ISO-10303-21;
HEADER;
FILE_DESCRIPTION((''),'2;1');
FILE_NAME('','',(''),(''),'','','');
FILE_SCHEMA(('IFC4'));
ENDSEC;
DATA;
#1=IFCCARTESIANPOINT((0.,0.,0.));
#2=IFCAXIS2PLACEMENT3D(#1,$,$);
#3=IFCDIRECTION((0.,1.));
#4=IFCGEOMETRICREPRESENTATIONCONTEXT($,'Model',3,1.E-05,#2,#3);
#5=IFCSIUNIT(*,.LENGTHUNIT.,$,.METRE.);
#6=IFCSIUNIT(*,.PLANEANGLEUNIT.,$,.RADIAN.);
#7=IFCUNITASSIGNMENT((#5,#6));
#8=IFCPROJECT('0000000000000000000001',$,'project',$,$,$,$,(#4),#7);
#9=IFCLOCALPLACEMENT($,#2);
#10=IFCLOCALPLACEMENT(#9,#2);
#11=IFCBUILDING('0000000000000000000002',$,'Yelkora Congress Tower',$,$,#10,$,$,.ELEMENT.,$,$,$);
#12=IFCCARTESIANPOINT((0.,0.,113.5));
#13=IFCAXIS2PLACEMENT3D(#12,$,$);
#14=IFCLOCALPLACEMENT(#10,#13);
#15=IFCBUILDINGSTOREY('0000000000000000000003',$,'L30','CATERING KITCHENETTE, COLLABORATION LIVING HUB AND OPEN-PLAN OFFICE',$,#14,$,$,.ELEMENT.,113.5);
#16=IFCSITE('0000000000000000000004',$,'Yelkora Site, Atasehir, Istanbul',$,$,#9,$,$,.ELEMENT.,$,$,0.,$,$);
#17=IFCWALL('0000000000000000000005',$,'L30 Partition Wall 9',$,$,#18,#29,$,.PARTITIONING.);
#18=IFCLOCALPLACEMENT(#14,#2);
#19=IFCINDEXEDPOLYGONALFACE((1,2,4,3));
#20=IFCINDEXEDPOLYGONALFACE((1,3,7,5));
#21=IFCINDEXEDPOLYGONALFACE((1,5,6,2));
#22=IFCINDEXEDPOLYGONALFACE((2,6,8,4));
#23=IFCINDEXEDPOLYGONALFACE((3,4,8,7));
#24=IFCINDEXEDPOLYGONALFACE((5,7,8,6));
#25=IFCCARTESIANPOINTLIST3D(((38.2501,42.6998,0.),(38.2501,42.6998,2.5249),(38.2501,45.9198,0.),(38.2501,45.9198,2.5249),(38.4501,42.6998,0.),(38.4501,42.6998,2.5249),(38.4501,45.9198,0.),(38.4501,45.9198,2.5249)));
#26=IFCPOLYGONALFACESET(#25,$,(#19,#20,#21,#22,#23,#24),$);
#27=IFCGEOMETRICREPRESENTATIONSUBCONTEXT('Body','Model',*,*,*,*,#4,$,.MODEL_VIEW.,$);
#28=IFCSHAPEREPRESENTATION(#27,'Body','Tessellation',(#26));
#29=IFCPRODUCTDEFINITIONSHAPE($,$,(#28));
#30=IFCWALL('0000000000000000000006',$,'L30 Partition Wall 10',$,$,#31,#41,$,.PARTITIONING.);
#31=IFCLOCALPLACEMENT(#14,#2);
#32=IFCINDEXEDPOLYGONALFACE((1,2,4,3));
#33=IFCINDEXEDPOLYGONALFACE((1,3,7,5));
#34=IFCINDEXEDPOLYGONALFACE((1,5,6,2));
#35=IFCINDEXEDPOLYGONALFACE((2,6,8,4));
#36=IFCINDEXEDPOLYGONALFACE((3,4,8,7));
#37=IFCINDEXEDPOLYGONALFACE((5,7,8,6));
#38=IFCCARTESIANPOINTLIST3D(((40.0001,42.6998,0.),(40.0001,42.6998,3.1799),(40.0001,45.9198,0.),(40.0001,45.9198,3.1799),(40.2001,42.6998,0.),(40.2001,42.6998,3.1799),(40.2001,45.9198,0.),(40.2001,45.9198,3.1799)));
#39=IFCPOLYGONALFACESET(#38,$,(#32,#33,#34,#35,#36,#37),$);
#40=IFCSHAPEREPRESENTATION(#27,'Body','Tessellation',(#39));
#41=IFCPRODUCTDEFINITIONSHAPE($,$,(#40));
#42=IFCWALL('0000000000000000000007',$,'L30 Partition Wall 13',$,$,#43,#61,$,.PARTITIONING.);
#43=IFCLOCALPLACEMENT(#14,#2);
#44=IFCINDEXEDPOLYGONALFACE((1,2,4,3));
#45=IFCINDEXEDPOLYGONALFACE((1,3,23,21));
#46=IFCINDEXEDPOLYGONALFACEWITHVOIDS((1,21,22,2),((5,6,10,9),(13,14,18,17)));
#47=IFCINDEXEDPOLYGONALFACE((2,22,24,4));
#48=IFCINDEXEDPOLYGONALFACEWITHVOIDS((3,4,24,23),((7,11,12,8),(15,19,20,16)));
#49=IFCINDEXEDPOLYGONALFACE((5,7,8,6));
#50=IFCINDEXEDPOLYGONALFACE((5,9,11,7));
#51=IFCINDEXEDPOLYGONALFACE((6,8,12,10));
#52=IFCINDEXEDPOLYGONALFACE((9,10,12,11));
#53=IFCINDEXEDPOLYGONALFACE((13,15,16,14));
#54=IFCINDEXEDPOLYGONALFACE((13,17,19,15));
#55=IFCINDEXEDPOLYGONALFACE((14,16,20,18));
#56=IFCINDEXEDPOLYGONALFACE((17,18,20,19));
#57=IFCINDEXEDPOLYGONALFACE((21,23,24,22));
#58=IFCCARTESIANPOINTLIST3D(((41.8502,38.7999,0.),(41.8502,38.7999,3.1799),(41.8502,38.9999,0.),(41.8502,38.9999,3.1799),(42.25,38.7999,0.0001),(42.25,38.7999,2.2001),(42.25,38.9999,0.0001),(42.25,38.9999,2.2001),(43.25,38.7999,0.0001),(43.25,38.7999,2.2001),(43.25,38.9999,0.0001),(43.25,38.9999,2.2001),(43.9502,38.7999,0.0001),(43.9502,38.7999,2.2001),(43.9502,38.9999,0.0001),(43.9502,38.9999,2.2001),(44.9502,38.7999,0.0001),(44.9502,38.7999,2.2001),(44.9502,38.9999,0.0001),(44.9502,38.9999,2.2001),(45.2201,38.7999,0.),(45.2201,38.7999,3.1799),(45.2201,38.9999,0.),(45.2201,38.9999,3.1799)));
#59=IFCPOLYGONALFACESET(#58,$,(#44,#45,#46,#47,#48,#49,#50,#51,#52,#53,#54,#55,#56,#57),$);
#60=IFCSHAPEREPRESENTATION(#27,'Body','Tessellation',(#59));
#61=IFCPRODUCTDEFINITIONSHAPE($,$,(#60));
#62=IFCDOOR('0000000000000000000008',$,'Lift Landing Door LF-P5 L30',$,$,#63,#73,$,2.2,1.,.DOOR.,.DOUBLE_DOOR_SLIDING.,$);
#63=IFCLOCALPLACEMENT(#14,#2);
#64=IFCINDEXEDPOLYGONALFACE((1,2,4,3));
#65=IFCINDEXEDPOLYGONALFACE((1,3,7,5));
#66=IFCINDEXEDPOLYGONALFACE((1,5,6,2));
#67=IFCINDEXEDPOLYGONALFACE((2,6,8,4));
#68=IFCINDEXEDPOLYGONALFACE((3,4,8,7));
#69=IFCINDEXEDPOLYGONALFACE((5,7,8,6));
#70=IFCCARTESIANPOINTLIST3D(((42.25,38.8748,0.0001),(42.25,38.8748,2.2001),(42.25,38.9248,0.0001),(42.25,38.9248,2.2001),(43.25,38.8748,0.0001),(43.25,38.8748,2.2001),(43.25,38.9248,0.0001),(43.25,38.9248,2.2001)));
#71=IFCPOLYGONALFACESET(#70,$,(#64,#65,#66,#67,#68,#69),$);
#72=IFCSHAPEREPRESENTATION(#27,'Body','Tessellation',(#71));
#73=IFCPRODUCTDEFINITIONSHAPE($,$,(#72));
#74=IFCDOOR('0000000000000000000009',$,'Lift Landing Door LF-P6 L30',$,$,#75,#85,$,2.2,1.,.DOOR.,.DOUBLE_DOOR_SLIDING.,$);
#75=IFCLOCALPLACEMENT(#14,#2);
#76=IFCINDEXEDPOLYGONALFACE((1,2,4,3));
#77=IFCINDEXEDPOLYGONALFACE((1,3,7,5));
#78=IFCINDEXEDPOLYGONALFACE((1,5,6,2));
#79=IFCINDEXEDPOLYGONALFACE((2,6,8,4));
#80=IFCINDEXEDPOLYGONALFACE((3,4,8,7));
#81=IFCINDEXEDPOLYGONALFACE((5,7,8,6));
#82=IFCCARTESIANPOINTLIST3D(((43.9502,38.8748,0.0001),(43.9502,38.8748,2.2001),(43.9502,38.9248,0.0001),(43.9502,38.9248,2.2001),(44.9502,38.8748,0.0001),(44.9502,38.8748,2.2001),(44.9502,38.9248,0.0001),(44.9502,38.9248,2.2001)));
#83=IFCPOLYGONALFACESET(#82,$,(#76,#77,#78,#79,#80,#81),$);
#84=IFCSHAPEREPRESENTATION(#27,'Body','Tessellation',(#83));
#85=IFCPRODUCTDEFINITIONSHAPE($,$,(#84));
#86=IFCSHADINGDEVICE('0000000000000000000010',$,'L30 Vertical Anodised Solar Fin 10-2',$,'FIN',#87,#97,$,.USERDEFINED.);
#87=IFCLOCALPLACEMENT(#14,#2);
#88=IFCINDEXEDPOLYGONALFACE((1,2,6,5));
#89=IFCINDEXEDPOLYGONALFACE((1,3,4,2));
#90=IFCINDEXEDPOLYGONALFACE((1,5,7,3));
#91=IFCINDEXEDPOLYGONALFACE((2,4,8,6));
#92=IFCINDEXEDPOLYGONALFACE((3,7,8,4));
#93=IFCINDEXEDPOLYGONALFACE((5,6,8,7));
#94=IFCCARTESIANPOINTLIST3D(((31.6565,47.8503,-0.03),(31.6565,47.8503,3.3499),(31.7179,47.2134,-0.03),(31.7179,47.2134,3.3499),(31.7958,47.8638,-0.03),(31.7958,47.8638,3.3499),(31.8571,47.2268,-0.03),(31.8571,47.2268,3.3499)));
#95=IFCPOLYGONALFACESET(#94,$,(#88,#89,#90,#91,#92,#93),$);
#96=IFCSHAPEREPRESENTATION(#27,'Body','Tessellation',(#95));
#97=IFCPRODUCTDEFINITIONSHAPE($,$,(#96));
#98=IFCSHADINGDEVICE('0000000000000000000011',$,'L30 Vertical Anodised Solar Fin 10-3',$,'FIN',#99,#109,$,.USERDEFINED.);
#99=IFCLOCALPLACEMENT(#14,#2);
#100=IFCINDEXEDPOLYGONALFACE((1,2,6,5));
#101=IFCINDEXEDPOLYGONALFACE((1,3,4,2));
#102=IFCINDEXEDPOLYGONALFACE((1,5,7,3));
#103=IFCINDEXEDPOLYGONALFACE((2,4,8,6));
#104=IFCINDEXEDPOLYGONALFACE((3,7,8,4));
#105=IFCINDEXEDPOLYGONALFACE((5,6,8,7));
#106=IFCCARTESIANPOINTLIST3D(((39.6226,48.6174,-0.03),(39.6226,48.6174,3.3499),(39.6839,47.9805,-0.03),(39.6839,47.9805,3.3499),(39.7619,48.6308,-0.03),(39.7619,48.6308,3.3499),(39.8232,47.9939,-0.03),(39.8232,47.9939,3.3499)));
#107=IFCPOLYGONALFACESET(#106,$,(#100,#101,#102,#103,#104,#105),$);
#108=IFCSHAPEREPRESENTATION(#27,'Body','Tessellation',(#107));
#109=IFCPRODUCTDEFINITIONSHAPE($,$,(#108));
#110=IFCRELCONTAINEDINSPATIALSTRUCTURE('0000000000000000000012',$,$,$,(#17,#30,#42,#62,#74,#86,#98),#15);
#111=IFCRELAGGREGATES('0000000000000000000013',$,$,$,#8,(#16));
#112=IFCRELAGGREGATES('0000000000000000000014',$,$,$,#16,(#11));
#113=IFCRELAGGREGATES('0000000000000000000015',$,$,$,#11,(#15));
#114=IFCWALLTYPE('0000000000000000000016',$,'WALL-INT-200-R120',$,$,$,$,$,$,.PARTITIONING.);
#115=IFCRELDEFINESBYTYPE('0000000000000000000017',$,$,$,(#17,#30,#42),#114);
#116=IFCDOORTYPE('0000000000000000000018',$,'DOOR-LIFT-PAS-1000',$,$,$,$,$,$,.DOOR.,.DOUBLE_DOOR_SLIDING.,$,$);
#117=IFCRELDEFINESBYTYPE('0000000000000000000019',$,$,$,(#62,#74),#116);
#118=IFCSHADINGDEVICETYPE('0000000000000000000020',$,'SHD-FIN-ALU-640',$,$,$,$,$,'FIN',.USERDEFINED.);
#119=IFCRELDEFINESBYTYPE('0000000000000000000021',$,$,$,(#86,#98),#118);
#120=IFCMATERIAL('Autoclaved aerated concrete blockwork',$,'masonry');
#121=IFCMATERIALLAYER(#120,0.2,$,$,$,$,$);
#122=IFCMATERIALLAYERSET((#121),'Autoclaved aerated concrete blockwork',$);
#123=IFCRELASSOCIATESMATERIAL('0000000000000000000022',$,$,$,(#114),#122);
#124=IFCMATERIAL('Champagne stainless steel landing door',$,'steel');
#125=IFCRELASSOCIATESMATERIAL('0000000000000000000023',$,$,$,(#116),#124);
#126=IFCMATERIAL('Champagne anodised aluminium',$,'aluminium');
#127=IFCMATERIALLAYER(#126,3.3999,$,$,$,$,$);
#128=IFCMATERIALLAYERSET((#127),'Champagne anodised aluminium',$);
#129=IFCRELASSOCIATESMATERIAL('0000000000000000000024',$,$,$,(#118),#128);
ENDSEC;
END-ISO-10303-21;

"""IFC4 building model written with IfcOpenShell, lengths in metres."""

from ifc_helpers import new_model, si_unit, direction, frame, frame_2d, origin, origin_2d, place, context, subcontext, project, spatial, rectangle, extrude, material, layer, layer_set, type_object, element, fill, save


model = new_model("IFC4")

# Units and contexts
model_context = context("Model", 3, precision=1e-05, world=origin(), true_north=direction((0.0, 1.0)))
body_context = subcontext(model_context, "Body", "Model", "MODEL_VIEW")
ifc_project = project(units=[si_unit("LENGTHUNIT", "METRE"), si_unit("PLANEANGLEUNIT", "RADIAN")], contexts=[model_context])

# Site, building, storey
site_placement = place(None, origin())
site = spatial("IfcSite", under=ifc_project, at=site_placement, Name="Yelkora Site, Atasehir, Istanbul", CompositionType="ELEMENT", RefElevation=0.0)
building_placement = place(site_placement, origin())
building = spatial("IfcBuilding", under=site, at=building_placement, Name="Yelkora Congress Tower", CompositionType="ELEMENT")
storey_placement = place(building_placement, frame((0.0, 0.0, 113.5)))
storey = spatial("IfcBuildingStorey", under=building, at=storey_placement, Name="L30", Description="CATERING KITCHENETTE, COLLABORATION LIVING HUB AND OPEN-PLAN OFFICE", CompositionType="ELEMENT", Elevation=113.5)

# Shared definitions
ifc_material_1 = material(Name="Autoclaved aerated concrete blockwork", Category="masonry")
ifc_layer_1 = layer(ifc_material_1, 0.2)
ifc_layer_set_1 = layer_set([ifc_layer_1], Name="Autoclaved aerated concrete blockwork")
wall_type_1 = type_object("IfcWallType", Name="WALL-INT-200-R120", PredefinedType="PARTITIONING", material=ifc_layer_set_1)

# Walls
wall_1_placement = place(storey_placement, frame((38.3501, 42.7, 0.0), z_axis=(0.0, 0.0, 1.0), x_axis=(0.0, 1.0, 0.0)))
element("IfcWall", 1, at=wall_1_placement, inside=storey, type_object=wall_type_1, Name="L30 Partition Wall 9", PredefinedType="PARTITIONING", context=body_context, shape_type="SweptSolid", body=[
    extrude(rectangle(XDim=3.22, YDim=0.2, at=frame_2d((1.6099, 0.0))), origin(), (0.0, 0.0, 1.0), 2.5249),
])
wall_2_placement = place(storey_placement, frame((40.1001, 42.7, 0.0), z_axis=(0.0, 0.0, 1.0), x_axis=(0.0, 1.0, 0.0)))
element("IfcWall", 2, at=wall_2_placement, inside=storey, type_object=wall_type_1, Name="L30 Partition Wall 10", PredefinedType="PARTITIONING", context=body_context, shape_type="SweptSolid", body=[
    extrude(rectangle(XDim=3.22, YDim=0.2, at=frame_2d((1.6099, 0.0))), origin(), (0.0, 0.0, 1.0), 3.1799),
])

# Wall, openings, doors
wall_3_placement = place(storey_placement, frame((41.8501, 38.8999, 0.0), z_axis=(0.0, 0.0, 1.0), x_axis=(1.0, 0.0, 0.0)))
wall_3 = element("IfcWall", 3, at=wall_3_placement, inside=storey, type_object=wall_type_1, Name="L30 Partition Wall 13", PredefinedType="PARTITIONING", context=body_context, shape_type="SweptSolid", body=[
    extrude(rectangle(XDim=3.3699, YDim=0.2, at=frame_2d((1.6851, 0.0))), origin(), (0.0, 0.0, 1.0), 3.1799),
])
opening_1_placement = place(wall_3_placement, frame((0.3999, 0.0, 0.0)))
opening_1 = element("IfcOpeningElement", 4, at=opening_1_placement, cuts=wall_3, PredefinedType="OPENING", context=body_context, shape_type="SweptSolid", body=[
    extrude(rectangle(XDim=1.0, YDim=2.2, at=frame_2d((0.5, 1.1001))), frame((0.0, 0.1099, 0.0), z_axis=(0.0, -1.0, 0.0), x_axis=(1.0, 0.0, 0.0)), (0.0, 0.0, 1.0), 0.22),
])
opening_2_placement = place(wall_3_placement, frame((2.1001, 0.0, 0.0)))
opening_2 = element("IfcOpeningElement", 5, at=opening_2_placement, cuts=wall_3, PredefinedType="OPENING", context=body_context, shape_type="SweptSolid", body=[
    extrude(rectangle(XDim=1.0, YDim=2.2, at=frame_2d((0.5, 1.1001))), frame((0.0, 0.1099, 0.0), z_axis=(0.0, -1.0, 0.0), x_axis=(1.0, 0.0, 0.0)), (0.0, 0.0, 1.0), 0.22),
])
ifc_material_2 = material(Name="Champagne stainless steel landing door", Category="steel")
door_type_1 = type_object("IfcDoorType", Name="DOOR-LIFT-PAS-1000", OperationType="DOUBLE_DOOR_SLIDING", PredefinedType="DOOR", material=ifc_material_2)
door_1_placement = place(opening_1_placement, origin())
door_1 = element("IfcDoor", 6, at=door_1_placement, inside=storey, type_object=door_type_1, Name="Lift Landing Door LF-P5 L30", OperationType="DOUBLE_DOOR_SLIDING", OverallHeight=2.2, OverallWidth=1.0, PredefinedType="DOOR", context=body_context, shape_type="SweptSolid", body=[
    extrude(rectangle(XDim=1.0, YDim=2.2, at=frame_2d((0.5, 1.1001))), frame((0.0, 0.0249, 0.0), z_axis=(0.0, -1.0, 0.0), x_axis=(1.0, 0.0, 0.0)), (0.0, 0.0, 1.0), 0.05),
])
fill(opening_1, door_1)
door_2_placement = place(opening_2_placement, origin())
door_2 = element("IfcDoor", 7, at=door_2_placement, inside=storey, type_object=door_type_1, Name="Lift Landing Door LF-P6 L30", OperationType="DOUBLE_DOOR_SLIDING", OverallHeight=2.2, OverallWidth=1.0, PredefinedType="DOOR", context=body_context, shape_type="SweptSolid", body=[
    extrude(rectangle(XDim=1.0, YDim=2.2, at=frame_2d((0.5, 1.1001))), frame((0.0, 0.0249, 0.0), z_axis=(0.0, -1.0, 0.0), x_axis=(1.0, 0.0, 0.0)), (0.0, 0.0, 1.0), 0.05),
])
fill(opening_2, door_2)

# Shading devices
ifc_material_3 = material(Name="Champagne anodised aluminium", Category="aluminium")
ifc_layer_2 = layer(ifc_material_3, 3.3999)
ifc_layer_set_2 = layer_set([ifc_layer_2], Name="Champagne anodised aluminium")
shading_device_type = type_object("IfcShadingDeviceType", Name="SHD-FIN-ALU-640", ElementType="FIN", PredefinedType="USERDEFINED", material=ifc_layer_set_2)
for number, where, z_axis, x_axis, name in (
    (8, (31.7568, 47.5386, -0.03), (0.0, 0.0, 1.0), (0.995396, 0.095846, 0.0), "L30 Vertical Anodised Solar Fin 10-2"),
    (9, (39.7229, 48.3057, -0.03), (0.0, 0.0, 1.0), (0.995396, 0.095846, 0.0), "L30 Vertical Anodised Solar Fin 10-3"),
):
    element("IfcShadingDevice", number, at=place(storey_placement, frame(where, z_axis=z_axis, x_axis=x_axis)), inside=storey, type_object=shading_device_type, Name=name, ObjectType="FIN", PredefinedType="USERDEFINED", context=body_context, shape_type="SweptSolid", body=[
        extrude(rectangle(XDim=0.1399, YDim=0.6399, at=origin_2d()), origin(), (0.0, 0.0, 1.0), 3.3799),
    ])

save(model, "model.ifc")
